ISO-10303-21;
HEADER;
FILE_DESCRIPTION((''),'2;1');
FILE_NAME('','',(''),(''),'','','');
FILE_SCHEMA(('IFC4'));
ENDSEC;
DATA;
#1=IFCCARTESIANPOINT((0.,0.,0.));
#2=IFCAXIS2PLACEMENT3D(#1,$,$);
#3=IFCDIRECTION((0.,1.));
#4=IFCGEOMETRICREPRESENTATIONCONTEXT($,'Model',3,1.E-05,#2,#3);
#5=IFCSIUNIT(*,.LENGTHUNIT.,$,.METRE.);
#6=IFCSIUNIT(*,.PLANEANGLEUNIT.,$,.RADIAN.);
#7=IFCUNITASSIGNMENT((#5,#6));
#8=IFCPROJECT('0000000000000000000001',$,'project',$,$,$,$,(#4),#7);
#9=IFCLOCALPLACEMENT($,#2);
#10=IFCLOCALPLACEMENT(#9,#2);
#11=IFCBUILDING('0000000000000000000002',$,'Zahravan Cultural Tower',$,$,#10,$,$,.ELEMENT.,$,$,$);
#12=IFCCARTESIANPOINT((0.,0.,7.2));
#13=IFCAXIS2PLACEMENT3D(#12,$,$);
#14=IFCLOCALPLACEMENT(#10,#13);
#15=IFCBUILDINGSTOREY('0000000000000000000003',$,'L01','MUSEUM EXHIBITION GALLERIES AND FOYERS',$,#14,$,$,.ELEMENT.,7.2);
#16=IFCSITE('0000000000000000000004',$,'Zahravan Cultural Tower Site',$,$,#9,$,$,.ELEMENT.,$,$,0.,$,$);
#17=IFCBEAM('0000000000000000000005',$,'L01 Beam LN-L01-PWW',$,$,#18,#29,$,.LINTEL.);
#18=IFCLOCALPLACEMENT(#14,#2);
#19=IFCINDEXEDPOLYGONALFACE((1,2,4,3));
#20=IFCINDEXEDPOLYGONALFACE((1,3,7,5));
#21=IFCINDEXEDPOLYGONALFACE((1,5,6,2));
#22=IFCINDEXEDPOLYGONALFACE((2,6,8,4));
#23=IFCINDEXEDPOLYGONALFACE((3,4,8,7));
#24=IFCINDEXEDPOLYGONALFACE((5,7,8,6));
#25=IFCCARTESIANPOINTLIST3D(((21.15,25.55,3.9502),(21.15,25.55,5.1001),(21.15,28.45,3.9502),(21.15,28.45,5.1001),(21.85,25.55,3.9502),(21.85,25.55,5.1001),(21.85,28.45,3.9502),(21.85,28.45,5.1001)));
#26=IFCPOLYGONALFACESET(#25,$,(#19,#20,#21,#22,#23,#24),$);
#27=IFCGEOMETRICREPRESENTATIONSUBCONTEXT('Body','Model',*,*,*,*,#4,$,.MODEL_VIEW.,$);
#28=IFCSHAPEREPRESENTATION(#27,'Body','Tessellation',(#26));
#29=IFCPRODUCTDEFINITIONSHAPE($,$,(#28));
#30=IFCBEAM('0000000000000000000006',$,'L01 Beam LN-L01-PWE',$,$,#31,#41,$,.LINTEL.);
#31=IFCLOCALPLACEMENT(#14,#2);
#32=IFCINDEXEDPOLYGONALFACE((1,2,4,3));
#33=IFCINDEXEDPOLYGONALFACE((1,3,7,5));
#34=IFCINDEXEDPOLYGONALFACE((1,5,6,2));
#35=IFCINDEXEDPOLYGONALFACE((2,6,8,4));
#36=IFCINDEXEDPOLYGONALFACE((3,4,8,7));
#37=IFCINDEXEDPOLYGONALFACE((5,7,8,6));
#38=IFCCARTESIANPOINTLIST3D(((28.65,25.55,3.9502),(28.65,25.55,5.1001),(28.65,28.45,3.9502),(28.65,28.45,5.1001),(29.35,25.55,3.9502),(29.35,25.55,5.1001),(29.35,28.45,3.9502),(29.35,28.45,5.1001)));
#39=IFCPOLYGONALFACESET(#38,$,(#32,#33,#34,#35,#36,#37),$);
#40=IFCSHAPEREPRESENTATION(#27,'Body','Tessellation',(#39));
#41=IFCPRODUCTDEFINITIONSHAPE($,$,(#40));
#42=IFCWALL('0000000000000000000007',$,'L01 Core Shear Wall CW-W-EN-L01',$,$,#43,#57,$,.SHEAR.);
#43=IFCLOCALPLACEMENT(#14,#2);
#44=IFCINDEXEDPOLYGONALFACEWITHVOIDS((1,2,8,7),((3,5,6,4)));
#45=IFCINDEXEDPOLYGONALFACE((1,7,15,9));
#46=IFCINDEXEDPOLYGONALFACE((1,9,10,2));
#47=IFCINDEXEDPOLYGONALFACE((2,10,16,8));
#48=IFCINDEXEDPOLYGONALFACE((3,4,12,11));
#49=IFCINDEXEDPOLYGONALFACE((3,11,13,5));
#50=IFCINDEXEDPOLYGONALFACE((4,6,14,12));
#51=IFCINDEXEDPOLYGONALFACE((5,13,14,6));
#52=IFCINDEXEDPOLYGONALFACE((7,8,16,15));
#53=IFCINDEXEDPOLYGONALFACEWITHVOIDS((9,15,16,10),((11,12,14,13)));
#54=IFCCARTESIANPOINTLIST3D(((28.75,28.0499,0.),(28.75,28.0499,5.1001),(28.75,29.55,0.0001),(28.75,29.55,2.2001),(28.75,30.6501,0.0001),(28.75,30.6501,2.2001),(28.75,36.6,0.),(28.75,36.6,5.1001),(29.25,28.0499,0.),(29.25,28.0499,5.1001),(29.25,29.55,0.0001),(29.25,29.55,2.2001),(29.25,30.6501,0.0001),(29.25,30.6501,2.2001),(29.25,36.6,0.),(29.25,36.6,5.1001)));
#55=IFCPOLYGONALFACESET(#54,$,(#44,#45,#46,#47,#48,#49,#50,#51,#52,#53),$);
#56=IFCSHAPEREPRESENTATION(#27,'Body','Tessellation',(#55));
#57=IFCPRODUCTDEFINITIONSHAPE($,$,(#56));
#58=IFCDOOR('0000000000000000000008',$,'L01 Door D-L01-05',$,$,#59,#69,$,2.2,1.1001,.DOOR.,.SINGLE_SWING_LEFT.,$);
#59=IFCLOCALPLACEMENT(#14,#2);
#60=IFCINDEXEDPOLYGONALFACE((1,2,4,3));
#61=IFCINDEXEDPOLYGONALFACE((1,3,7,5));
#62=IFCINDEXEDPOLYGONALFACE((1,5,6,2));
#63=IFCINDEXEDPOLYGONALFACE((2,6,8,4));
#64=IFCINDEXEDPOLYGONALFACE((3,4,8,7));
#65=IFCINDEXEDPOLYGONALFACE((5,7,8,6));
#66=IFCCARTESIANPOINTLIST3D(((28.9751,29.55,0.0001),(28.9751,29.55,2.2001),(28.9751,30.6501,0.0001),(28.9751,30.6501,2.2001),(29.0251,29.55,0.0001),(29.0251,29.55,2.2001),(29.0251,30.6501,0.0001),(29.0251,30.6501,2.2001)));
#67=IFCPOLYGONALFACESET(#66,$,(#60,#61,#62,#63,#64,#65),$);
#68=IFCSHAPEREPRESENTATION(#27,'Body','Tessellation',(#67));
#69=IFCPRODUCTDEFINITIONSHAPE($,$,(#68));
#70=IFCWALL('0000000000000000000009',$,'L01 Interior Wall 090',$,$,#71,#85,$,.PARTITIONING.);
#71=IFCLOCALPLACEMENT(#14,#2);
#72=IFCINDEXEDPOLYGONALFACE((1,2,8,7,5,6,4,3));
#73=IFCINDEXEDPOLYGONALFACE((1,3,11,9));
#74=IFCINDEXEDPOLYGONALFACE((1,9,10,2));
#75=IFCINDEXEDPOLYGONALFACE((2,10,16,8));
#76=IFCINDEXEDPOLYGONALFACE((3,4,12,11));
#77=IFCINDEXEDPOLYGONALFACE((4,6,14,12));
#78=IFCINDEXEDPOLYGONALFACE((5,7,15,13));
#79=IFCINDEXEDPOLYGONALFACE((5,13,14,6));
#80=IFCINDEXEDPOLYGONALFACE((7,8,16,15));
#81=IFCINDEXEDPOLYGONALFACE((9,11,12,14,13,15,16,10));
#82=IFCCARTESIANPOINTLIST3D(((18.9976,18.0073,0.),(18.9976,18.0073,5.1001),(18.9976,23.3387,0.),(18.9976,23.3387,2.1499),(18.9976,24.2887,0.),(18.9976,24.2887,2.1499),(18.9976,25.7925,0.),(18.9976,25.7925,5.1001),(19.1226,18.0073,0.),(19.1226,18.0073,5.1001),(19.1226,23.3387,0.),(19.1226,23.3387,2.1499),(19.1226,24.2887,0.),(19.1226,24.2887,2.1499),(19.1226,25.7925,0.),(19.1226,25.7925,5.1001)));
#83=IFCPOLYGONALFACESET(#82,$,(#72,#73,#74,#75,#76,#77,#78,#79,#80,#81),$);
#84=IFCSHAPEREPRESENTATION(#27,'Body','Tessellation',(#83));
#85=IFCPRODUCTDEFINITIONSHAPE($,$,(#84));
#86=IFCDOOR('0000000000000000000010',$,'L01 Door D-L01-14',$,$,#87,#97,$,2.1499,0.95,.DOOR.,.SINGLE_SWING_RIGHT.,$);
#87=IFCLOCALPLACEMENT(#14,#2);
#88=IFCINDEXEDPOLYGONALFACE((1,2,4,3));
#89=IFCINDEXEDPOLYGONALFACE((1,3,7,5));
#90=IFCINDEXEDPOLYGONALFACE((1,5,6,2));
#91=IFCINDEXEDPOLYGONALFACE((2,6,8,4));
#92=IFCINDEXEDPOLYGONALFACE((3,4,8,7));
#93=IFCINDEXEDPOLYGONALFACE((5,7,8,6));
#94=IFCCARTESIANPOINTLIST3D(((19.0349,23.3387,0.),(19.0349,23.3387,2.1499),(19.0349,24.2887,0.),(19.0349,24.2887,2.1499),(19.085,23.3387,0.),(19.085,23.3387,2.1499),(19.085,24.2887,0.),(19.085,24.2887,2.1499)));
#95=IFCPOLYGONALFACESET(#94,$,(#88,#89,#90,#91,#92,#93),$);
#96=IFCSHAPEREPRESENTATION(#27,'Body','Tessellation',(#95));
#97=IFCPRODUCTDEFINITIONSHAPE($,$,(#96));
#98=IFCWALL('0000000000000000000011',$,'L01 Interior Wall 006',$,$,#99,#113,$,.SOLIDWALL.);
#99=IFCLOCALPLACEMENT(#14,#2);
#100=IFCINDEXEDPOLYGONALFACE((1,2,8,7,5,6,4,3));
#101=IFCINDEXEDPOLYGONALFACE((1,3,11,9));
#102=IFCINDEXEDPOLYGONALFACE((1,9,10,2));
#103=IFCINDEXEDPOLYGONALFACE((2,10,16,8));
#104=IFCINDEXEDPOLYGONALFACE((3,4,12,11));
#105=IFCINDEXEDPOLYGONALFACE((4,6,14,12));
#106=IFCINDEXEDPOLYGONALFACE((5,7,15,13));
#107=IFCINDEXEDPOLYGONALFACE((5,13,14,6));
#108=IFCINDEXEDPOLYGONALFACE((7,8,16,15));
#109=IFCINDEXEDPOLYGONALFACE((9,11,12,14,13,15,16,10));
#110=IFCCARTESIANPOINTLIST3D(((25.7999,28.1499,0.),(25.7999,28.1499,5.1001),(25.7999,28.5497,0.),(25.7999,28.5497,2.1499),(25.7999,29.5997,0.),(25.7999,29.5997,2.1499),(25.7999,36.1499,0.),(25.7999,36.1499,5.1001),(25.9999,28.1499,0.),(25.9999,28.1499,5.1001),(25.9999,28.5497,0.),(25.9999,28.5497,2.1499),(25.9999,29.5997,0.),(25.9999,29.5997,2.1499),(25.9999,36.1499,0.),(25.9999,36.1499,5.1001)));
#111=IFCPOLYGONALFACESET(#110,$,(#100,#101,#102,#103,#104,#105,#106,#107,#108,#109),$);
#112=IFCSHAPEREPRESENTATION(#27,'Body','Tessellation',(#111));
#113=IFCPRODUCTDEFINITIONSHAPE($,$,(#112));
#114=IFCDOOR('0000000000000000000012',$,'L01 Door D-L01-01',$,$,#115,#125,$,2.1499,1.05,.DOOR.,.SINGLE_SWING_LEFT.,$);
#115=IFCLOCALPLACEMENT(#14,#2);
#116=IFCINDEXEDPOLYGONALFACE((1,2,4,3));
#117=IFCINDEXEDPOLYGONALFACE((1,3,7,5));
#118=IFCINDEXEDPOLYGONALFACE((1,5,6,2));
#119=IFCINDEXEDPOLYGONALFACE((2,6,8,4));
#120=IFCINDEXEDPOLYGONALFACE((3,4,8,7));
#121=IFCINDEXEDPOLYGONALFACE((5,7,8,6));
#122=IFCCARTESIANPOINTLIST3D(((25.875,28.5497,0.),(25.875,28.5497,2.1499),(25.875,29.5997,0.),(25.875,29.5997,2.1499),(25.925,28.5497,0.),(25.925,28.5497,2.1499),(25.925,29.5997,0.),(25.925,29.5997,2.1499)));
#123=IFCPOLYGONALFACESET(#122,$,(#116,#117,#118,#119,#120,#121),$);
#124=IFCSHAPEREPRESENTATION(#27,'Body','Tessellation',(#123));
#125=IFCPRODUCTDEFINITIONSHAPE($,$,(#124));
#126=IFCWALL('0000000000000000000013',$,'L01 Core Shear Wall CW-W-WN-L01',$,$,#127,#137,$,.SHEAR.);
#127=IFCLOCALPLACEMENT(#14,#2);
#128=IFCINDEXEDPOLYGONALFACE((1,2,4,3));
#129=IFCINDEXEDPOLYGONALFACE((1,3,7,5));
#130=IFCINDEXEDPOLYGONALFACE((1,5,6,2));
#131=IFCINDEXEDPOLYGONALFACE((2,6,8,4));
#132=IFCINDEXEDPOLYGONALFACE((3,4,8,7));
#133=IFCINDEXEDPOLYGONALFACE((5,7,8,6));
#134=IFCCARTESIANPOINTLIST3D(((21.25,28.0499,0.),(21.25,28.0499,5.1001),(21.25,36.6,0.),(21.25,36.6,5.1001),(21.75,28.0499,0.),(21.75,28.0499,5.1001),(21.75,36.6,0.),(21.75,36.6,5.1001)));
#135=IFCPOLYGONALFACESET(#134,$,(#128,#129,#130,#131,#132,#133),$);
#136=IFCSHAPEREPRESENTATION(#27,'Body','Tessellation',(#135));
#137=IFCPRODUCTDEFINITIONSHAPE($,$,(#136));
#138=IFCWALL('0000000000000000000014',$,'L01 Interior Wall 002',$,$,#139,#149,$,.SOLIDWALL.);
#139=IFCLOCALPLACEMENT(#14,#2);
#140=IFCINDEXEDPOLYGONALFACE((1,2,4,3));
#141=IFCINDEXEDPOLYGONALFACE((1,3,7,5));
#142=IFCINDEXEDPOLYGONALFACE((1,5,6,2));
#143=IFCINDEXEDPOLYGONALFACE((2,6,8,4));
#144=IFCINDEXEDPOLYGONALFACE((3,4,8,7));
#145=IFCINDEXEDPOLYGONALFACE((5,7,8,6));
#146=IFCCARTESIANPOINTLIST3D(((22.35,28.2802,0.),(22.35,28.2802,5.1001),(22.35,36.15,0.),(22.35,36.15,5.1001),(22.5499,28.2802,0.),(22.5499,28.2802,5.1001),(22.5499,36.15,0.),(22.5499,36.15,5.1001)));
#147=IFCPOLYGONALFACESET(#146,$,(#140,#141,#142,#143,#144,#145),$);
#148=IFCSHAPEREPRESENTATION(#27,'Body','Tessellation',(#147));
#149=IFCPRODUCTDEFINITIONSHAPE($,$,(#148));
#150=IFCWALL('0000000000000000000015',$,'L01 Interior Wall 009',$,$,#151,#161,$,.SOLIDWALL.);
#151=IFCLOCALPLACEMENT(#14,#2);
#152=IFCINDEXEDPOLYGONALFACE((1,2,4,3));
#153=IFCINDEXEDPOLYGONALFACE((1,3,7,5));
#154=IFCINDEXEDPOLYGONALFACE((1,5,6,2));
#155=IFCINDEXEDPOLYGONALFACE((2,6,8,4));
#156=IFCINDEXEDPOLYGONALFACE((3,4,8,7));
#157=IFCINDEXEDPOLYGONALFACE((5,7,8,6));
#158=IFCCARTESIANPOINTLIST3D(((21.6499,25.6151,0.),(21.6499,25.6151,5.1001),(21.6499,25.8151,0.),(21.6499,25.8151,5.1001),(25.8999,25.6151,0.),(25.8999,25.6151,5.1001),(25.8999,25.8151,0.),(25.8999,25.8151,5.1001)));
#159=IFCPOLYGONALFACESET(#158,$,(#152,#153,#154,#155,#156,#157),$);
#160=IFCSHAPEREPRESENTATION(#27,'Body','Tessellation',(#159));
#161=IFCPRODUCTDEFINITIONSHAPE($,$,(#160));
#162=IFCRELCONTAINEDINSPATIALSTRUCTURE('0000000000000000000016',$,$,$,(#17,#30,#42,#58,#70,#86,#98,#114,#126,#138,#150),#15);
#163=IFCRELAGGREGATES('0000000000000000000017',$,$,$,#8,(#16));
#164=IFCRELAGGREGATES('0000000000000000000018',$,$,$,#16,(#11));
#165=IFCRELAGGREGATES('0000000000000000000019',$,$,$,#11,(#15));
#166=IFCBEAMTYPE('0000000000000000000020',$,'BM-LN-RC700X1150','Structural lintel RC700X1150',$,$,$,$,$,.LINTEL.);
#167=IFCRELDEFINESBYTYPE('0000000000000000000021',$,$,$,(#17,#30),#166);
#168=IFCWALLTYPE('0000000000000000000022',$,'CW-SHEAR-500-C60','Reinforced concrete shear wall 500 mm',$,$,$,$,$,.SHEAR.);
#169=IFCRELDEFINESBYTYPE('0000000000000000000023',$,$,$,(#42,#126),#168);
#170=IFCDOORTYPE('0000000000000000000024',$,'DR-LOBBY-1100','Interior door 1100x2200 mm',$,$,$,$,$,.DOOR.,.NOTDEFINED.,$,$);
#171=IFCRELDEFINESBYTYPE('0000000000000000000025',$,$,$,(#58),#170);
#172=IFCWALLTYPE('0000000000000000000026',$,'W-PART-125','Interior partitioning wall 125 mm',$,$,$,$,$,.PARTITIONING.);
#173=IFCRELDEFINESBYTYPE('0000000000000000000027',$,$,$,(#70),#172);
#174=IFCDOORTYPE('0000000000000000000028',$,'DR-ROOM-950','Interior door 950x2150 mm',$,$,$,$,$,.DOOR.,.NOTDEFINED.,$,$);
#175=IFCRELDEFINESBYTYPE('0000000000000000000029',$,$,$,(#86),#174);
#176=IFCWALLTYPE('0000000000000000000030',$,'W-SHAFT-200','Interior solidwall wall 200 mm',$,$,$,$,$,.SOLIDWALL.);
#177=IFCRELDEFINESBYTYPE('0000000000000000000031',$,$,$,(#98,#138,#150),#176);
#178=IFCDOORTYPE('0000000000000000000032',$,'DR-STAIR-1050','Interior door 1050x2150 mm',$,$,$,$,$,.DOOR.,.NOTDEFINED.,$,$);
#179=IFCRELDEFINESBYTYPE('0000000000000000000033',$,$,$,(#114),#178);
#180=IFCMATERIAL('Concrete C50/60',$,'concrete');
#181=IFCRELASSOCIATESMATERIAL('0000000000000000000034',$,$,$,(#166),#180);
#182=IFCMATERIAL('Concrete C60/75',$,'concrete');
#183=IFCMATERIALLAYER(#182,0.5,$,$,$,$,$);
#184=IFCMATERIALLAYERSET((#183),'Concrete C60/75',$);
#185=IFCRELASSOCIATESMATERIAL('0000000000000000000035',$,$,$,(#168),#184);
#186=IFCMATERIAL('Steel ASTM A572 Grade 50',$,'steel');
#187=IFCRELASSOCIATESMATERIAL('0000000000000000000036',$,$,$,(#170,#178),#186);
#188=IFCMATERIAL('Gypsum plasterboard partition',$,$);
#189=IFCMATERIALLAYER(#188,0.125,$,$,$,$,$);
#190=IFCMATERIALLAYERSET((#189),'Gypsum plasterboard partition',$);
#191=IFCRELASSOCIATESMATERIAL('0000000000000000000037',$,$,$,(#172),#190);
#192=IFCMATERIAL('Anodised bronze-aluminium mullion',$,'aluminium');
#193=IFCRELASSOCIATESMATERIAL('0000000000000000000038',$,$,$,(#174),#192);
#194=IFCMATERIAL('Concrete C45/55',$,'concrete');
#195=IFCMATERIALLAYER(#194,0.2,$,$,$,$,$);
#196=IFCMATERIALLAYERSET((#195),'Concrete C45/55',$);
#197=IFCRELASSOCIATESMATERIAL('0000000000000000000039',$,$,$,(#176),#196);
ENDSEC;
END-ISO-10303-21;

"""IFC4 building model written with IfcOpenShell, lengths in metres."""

from ifc_helpers import new_model, si_unit, direction, frame, frame_2d, origin, origin_2d, place, context, subcontext, project, spatial, rectangle, extrude, source, transform, mapped, material, layer, layer_set, material_profile, profile_set, type_object, element, fill, save


model = new_model("IFC4")

# Units and contexts
model_context = context("Model", 3, precision=1e-05, world=origin(), true_north=direction((0.0, 1.0)))
body_context = subcontext(model_context, "Body", "Model", "MODEL_VIEW")
ifc_project = project(units=[si_unit("LENGTHUNIT", "METRE"), si_unit("PLANEANGLEUNIT", "RADIAN")], contexts=[model_context])

# Site, building, storey
site_placement = place(None, origin())
site = spatial("IfcSite", under=ifc_project, at=site_placement, Name="Zahravan Cultural Tower Site", CompositionType="ELEMENT", RefElevation=0.0)
building_placement = place(site_placement, origin())
building = spatial("IfcBuilding", under=site, at=building_placement, Name="Zahravan Cultural Tower", CompositionType="ELEMENT")
storey_placement = place(building_placement, frame((0.0, 0.0, 7.2)))
storey = spatial("IfcBuildingStorey", under=building, at=storey_placement, Name="L01", Description="MUSEUM EXHIBITION GALLERIES AND FOYERS", CompositionType="ELEMENT", Elevation=7.2)

# Beams
ifc_material_1 = material(Name="Concrete C50/60", Category="concrete")
ifc_material_profile = material_profile(ifc_material_1, rectangle(XDim=0.7, YDim=1.1499, at=origin_2d()), Name="RC700X1150")
ifc_profile_set = profile_set([ifc_material_profile], Name="Concrete C50/60")
beam_type = type_object("IfcBeamType", Name="BM-LN-RC700X1150", Description="Structural lintel RC700X1150", PredefinedType="LINTEL", material=ifc_profile_set)
shared_shape_1 = source(origin(), body_context, "Body", "SweptSolid", [
    extrude(rectangle(XDim=0.7, YDim=1.1499, at=origin_2d()), origin(), (0.0, 0.0, 1.0), 2.8999),
])
for number, where, z_axis, x_axis, name in (
    (1, (21.5, 25.55, 4.5251), (0.0, 1.0, 0.0), (-1.0, 0.0, 0.0), "L01 Beam LN-L01-PWW"),
    (2, (29.0, 25.55, 4.5251), (0.0, 1.0, 0.0), (-1.0, 0.0, 0.0), "L01 Beam LN-L01-PWE"),
):
    element("IfcBeam", number, at=place(storey_placement, frame(where, z_axis=z_axis, x_axis=x_axis)), inside=storey, type_object=beam_type, Name=name, PredefinedType="LINTEL", context=body_context, shape_type="MappedRepresentation", body=[
        mapped(shared_shape_1, transform((0.0, 0.0, 0.0), x_axis=(1.0, 0.0, 0.0), y_axis=(0.0, 1.0, 0.0), z_axis=(0.0, 0.0, 1.0), scale=1.0)),
    ])

# Walls, openings, doors
ifc_material_2 = material(Name="Concrete C60/75", Category="concrete")
ifc_layer_1 = layer(ifc_material_2, 0.5)
ifc_layer_set_1 = layer_set([ifc_layer_1], Name="Concrete C60/75")
wall_type_1 = type_object("IfcWallType", Name="CW-SHEAR-500-C60", Description="Reinforced concrete shear wall 500 mm", PredefinedType="SHEAR", material=ifc_layer_set_1)
wall_1_placement = place(storey_placement, frame((29.0, 28.05, 0.0), z_axis=(0.0, 0.0, 1.0), x_axis=(0.0, 1.0, 0.0)))
wall_1 = element("IfcWall", 3, at=wall_1_placement, inside=storey, type_object=wall_type_1, Name="L01 Core Shear Wall CW-W-EN-L01", PredefinedType="SHEAR", context=body_context, shape_type="SweptSolid", body=[
    extrude(rectangle(XDim=8.55, YDim=0.5, at=frame_2d((4.2749, 0.0))), origin(), (0.0, 0.0, 1.0), 5.1001),
])
opening_1_placement = place(wall_1_placement, frame((1.5, 0.0, 0.0)))
opening_1 = element("IfcOpeningElement", 4, at=opening_1_placement, cuts=wall_1, PredefinedType="OPENING", context=body_context, shape_type="SweptSolid", body=[
    extrude(rectangle(XDim=1.1001, YDim=2.2, at=frame_2d((0.55, 1.1001))), frame((0.0, 0.26, 0.0), z_axis=(0.0, -1.0, 0.0), x_axis=(1.0, 0.0, 0.0)), (0.0, 0.0, 1.0), 0.52),
])
ifc_material_3 = material(Name="Steel ASTM A572 Grade 50", Category="steel")
door_type_1 = type_object("IfcDoorType", Name="DR-LOBBY-1100", Description="Interior door 1100x2200 mm", OperationType="NOTDEFINED", PredefinedType="DOOR", material=ifc_material_3)
shared_shape_2 = source(origin(), body_context, "Body", "SweptSolid", [
    extrude(rectangle(XDim=1.1001, YDim=2.2, at=frame_2d((0.55, 1.1001))), frame((0.0, 0.0249, 0.0), z_axis=(0.0, -1.0, 0.0), x_axis=(1.0, 0.0, 0.0)), (0.0, 0.0, 1.0), 0.05),
])
door_1_placement = place(opening_1_placement, origin())
door_1 = element("IfcDoor", 5, at=door_1_placement, inside=storey, type_object=door_type_1, Name="L01 Door D-L01-05", OperationType="SINGLE_SWING_LEFT", OverallHeight=2.2, OverallWidth=1.1001, PredefinedType="DOOR", context=body_context, shape_type="MappedRepresentation", body=[
    mapped(shared_shape_2, transform((0.0, 0.0, 0.0), x_axis=(1.0, 0.0, 0.0), y_axis=(0.0, 1.0, 0.0), z_axis=(0.0, 0.0, 1.0), scale=1.0)),
])
fill(opening_1, door_1)
ifc_material_4 = material(Name="Gypsum plasterboard partition")
ifc_layer_2 = layer(ifc_material_4, 0.125)
ifc_layer_set_2 = layer_set([ifc_layer_2], Name="Gypsum plasterboard partition")
wall_type_2 = type_object("IfcWallType", Name="W-PART-125", Description="Interior partitioning wall 125 mm", PredefinedType="PARTITIONING", material=ifc_layer_set_2)
wall_2_placement = place(storey_placement, frame((19.0601, 25.7925, 0.0), z_axis=(0.0, 0.0, 1.0), x_axis=(0.0, -1.0, 0.0)))
wall_2 = element("IfcWall", 6, at=wall_2_placement, inside=storey, type_object=wall_type_2, Name="L01 Interior Wall 090", PredefinedType="PARTITIONING", context=body_context, shape_type="SweptSolid", body=[
    extrude(rectangle(XDim=7.7852, YDim=0.125, at=frame_2d((3.8926, 0.0))), origin(), (0.0, 0.0, 1.0), 5.1001),
])
opening_2_placement = place(wall_2_placement, frame((1.5037, 0.0, 0.0)))
opening_2 = element("IfcOpeningElement", 7, at=opening_2_placement, cuts=wall_2, PredefinedType="OPENING", context=body_context, shape_type="SweptSolid", body=[
    extrude(rectangle(XDim=0.95, YDim=2.1499, at=frame_2d((0.4751, 1.075))), frame((0.0, 0.0725, 0.0), z_axis=(0.0, -1.0, 0.0), x_axis=(1.0, 0.0, 0.0)), (0.0, 0.0, 1.0), 0.145),
])
ifc_material_5 = material(Name="Anodised bronze-aluminium mullion", Category="aluminium")
door_type_2 = type_object("IfcDoorType", Name="DR-ROOM-950", Description="Interior door 950x2150 mm", OperationType="NOTDEFINED", PredefinedType="DOOR", material=ifc_material_5)
shared_shape_3 = source(origin(), body_context, "Body", "SweptSolid", [
    extrude(rectangle(XDim=0.95, YDim=2.1499, at=frame_2d((0.4751, 1.075))), frame((0.0, 0.0249, 0.0), z_axis=(0.0, -1.0, 0.0), x_axis=(1.0, 0.0, 0.0)), (0.0, 0.0, 1.0), 0.05),
])
door_2_placement = place(opening_2_placement, origin())
door_2 = element("IfcDoor", 8, at=door_2_placement, inside=storey, type_object=door_type_2, Name="L01 Door D-L01-14", OperationType="SINGLE_SWING_RIGHT", OverallHeight=2.1499, OverallWidth=0.95, PredefinedType="DOOR", context=body_context, shape_type="MappedRepresentation", body=[
    mapped(shared_shape_3, transform((0.0, 0.0, 0.0), x_axis=(1.0, 0.0, 0.0), y_axis=(0.0, 1.0, 0.0), z_axis=(0.0, 0.0, 1.0), scale=1.0)),
])
fill(opening_2, door_2)
ifc_material_6 = material(Name="Concrete C45/55", Category="concrete")
ifc_layer_3 = layer(ifc_material_6, 0.2)
ifc_layer_set_3 = layer_set([ifc_layer_3], Name="Concrete C45/55")
wall_type_3 = type_object("IfcWallType", Name="W-SHAFT-200", Description="Interior solidwall wall 200 mm", PredefinedType="SOLIDWALL", material=ifc_layer_set_3)
wall_3_placement = place(storey_placement, frame((25.8999, 28.1499, 0.0), z_axis=(0.0, 0.0, 1.0), x_axis=(0.0, 1.0, 0.0)))
wall_3 = element("IfcWall", 9, at=wall_3_placement, inside=storey, type_object=wall_type_3, Name="L01 Interior Wall 006", PredefinedType="SOLIDWALL", context=body_context, shape_type="SweptSolid", body=[
    extrude(rectangle(XDim=8.0, YDim=0.2, at=frame_2d((4.0, 0.0))), origin(), (0.0, 0.0, 1.0), 5.1001),
])
opening_3_placement = place(wall_3_placement, frame((0.3999, 0.0, 0.0)))
opening_3 = element("IfcOpeningElement", 10, at=opening_3_placement, cuts=wall_3, PredefinedType="OPENING", context=body_context, shape_type="SweptSolid", body=[
    extrude(rectangle(XDim=1.05, YDim=2.1499, at=frame_2d((0.5249, 1.075))), frame((0.0, 0.1099, 0.0), z_axis=(0.0, -1.0, 0.0), x_axis=(1.0, 0.0, 0.0)), (0.0, 0.0, 1.0), 0.22),
])
door_type_3 = type_object("IfcDoorType", Name="DR-STAIR-1050", Description="Interior door 1050x2150 mm", OperationType="NOTDEFINED", PredefinedType="DOOR", material=ifc_material_3)
shared_shape_4 = source(origin(), body_context, "Body", "SweptSolid", [
    extrude(rectangle(XDim=1.05, YDim=2.1499, at=frame_2d((0.5249, 1.075))), frame((0.0, 0.0249, 0.0), z_axis=(0.0, -1.0, 0.0), x_axis=(1.0, 0.0, 0.0)), (0.0, 0.0, 1.0), 0.05),
])
door_3_placement = place(opening_3_placement, origin())
door_3 = element("IfcDoor", 11, at=door_3_placement, inside=storey, type_object=door_type_3, Name="L01 Door D-L01-01", OperationType="SINGLE_SWING_LEFT", OverallHeight=2.1499, OverallWidth=1.05, PredefinedType="DOOR", context=body_context, shape_type="MappedRepresentation", body=[
    mapped(shared_shape_4, transform((0.0, 0.0, 0.0), x_axis=(1.0, 0.0, 0.0), y_axis=(0.0, 1.0, 0.0), z_axis=(0.0, 0.0, 1.0), scale=1.0)),
])
fill(opening_3, door_3)

# Walls
shared_shape_5 = source(origin(), body_context, "Body", "SweptSolid", [
    extrude(rectangle(XDim=8.55, YDim=0.5, at=frame_2d((4.2749, 0.0))), origin(), (0.0, 0.0, 1.0), 5.1001),
])
wall_4_placement = place(storey_placement, frame((21.5, 28.05, 0.0), z_axis=(0.0, 0.0, 1.0), x_axis=(0.0, 1.0, 0.0)))
element("IfcWall", 12, at=wall_4_placement, inside=storey, type_object=wall_type_1, Name="L01 Core Shear Wall CW-W-WN-L01", PredefinedType="SHEAR", context=body_context, shape_type="MappedRepresentation", body=[
    mapped(shared_shape_5, transform((0.0, 0.0, 0.0), x_axis=(1.0, 0.0, 0.0), y_axis=(0.0, 1.0, 0.0), z_axis=(0.0, 0.0, 1.0), scale=1.0)),
])
shared_shape_6 = source(origin(), body_context, "Body", "SweptSolid", [
    extrude(rectangle(XDim=7.8699, YDim=0.2, at=frame_2d((3.9351, 0.0))), origin(), (0.0, 0.0, 1.0), 5.1001),
])
wall_5_placement = place(storey_placement, frame((22.45, 28.28, 0.0), z_axis=(0.0, 0.0, 1.0), x_axis=(0.0, 1.0, 0.0)))
element("IfcWall", 13, at=wall_5_placement, inside=storey, type_object=wall_type_3, Name="L01 Interior Wall 002", PredefinedType="SOLIDWALL", context=body_context, shape_type="MappedRepresentation", body=[
    mapped(shared_shape_6, transform((0.0, 0.0, 0.0), x_axis=(1.0, 0.0, 0.0), y_axis=(0.0, 1.0, 0.0), z_axis=(0.0, 0.0, 1.0), scale=1.0)),
])
shared_shape_7 = source(origin(), body_context, "Body", "SweptSolid", [
    extrude(rectangle(XDim=4.25, YDim=0.2, at=frame_2d((2.125, 0.0))), origin(), (0.0, 0.0, 1.0), 5.1001),
])
for number, where, z_axis, x_axis, name in (
    (14, (21.6499, 25.7151, 0.0), (0.0, 0.0, 1.0), (1.0, 0.0, 0.0), "L01 Interior Wall 009"),
):
    element("IfcWall", number, at=place(storey_placement, frame(where, z_axis=z_axis, x_axis=x_axis)), inside=storey, type_object=wall_type_3, Name=name, PredefinedType="SOLIDWALL", context=body_context, shape_type="MappedRepresentation", body=[
        mapped(shared_shape_7, transform((0.0, 0.0, 0.0), x_axis=(1.0, 0.0, 0.0), y_axis=(0.0, 1.0, 0.0), z_axis=(0.0, 0.0, 1.0), scale=1.0)),
    ])

save(model, "model.ifc")
